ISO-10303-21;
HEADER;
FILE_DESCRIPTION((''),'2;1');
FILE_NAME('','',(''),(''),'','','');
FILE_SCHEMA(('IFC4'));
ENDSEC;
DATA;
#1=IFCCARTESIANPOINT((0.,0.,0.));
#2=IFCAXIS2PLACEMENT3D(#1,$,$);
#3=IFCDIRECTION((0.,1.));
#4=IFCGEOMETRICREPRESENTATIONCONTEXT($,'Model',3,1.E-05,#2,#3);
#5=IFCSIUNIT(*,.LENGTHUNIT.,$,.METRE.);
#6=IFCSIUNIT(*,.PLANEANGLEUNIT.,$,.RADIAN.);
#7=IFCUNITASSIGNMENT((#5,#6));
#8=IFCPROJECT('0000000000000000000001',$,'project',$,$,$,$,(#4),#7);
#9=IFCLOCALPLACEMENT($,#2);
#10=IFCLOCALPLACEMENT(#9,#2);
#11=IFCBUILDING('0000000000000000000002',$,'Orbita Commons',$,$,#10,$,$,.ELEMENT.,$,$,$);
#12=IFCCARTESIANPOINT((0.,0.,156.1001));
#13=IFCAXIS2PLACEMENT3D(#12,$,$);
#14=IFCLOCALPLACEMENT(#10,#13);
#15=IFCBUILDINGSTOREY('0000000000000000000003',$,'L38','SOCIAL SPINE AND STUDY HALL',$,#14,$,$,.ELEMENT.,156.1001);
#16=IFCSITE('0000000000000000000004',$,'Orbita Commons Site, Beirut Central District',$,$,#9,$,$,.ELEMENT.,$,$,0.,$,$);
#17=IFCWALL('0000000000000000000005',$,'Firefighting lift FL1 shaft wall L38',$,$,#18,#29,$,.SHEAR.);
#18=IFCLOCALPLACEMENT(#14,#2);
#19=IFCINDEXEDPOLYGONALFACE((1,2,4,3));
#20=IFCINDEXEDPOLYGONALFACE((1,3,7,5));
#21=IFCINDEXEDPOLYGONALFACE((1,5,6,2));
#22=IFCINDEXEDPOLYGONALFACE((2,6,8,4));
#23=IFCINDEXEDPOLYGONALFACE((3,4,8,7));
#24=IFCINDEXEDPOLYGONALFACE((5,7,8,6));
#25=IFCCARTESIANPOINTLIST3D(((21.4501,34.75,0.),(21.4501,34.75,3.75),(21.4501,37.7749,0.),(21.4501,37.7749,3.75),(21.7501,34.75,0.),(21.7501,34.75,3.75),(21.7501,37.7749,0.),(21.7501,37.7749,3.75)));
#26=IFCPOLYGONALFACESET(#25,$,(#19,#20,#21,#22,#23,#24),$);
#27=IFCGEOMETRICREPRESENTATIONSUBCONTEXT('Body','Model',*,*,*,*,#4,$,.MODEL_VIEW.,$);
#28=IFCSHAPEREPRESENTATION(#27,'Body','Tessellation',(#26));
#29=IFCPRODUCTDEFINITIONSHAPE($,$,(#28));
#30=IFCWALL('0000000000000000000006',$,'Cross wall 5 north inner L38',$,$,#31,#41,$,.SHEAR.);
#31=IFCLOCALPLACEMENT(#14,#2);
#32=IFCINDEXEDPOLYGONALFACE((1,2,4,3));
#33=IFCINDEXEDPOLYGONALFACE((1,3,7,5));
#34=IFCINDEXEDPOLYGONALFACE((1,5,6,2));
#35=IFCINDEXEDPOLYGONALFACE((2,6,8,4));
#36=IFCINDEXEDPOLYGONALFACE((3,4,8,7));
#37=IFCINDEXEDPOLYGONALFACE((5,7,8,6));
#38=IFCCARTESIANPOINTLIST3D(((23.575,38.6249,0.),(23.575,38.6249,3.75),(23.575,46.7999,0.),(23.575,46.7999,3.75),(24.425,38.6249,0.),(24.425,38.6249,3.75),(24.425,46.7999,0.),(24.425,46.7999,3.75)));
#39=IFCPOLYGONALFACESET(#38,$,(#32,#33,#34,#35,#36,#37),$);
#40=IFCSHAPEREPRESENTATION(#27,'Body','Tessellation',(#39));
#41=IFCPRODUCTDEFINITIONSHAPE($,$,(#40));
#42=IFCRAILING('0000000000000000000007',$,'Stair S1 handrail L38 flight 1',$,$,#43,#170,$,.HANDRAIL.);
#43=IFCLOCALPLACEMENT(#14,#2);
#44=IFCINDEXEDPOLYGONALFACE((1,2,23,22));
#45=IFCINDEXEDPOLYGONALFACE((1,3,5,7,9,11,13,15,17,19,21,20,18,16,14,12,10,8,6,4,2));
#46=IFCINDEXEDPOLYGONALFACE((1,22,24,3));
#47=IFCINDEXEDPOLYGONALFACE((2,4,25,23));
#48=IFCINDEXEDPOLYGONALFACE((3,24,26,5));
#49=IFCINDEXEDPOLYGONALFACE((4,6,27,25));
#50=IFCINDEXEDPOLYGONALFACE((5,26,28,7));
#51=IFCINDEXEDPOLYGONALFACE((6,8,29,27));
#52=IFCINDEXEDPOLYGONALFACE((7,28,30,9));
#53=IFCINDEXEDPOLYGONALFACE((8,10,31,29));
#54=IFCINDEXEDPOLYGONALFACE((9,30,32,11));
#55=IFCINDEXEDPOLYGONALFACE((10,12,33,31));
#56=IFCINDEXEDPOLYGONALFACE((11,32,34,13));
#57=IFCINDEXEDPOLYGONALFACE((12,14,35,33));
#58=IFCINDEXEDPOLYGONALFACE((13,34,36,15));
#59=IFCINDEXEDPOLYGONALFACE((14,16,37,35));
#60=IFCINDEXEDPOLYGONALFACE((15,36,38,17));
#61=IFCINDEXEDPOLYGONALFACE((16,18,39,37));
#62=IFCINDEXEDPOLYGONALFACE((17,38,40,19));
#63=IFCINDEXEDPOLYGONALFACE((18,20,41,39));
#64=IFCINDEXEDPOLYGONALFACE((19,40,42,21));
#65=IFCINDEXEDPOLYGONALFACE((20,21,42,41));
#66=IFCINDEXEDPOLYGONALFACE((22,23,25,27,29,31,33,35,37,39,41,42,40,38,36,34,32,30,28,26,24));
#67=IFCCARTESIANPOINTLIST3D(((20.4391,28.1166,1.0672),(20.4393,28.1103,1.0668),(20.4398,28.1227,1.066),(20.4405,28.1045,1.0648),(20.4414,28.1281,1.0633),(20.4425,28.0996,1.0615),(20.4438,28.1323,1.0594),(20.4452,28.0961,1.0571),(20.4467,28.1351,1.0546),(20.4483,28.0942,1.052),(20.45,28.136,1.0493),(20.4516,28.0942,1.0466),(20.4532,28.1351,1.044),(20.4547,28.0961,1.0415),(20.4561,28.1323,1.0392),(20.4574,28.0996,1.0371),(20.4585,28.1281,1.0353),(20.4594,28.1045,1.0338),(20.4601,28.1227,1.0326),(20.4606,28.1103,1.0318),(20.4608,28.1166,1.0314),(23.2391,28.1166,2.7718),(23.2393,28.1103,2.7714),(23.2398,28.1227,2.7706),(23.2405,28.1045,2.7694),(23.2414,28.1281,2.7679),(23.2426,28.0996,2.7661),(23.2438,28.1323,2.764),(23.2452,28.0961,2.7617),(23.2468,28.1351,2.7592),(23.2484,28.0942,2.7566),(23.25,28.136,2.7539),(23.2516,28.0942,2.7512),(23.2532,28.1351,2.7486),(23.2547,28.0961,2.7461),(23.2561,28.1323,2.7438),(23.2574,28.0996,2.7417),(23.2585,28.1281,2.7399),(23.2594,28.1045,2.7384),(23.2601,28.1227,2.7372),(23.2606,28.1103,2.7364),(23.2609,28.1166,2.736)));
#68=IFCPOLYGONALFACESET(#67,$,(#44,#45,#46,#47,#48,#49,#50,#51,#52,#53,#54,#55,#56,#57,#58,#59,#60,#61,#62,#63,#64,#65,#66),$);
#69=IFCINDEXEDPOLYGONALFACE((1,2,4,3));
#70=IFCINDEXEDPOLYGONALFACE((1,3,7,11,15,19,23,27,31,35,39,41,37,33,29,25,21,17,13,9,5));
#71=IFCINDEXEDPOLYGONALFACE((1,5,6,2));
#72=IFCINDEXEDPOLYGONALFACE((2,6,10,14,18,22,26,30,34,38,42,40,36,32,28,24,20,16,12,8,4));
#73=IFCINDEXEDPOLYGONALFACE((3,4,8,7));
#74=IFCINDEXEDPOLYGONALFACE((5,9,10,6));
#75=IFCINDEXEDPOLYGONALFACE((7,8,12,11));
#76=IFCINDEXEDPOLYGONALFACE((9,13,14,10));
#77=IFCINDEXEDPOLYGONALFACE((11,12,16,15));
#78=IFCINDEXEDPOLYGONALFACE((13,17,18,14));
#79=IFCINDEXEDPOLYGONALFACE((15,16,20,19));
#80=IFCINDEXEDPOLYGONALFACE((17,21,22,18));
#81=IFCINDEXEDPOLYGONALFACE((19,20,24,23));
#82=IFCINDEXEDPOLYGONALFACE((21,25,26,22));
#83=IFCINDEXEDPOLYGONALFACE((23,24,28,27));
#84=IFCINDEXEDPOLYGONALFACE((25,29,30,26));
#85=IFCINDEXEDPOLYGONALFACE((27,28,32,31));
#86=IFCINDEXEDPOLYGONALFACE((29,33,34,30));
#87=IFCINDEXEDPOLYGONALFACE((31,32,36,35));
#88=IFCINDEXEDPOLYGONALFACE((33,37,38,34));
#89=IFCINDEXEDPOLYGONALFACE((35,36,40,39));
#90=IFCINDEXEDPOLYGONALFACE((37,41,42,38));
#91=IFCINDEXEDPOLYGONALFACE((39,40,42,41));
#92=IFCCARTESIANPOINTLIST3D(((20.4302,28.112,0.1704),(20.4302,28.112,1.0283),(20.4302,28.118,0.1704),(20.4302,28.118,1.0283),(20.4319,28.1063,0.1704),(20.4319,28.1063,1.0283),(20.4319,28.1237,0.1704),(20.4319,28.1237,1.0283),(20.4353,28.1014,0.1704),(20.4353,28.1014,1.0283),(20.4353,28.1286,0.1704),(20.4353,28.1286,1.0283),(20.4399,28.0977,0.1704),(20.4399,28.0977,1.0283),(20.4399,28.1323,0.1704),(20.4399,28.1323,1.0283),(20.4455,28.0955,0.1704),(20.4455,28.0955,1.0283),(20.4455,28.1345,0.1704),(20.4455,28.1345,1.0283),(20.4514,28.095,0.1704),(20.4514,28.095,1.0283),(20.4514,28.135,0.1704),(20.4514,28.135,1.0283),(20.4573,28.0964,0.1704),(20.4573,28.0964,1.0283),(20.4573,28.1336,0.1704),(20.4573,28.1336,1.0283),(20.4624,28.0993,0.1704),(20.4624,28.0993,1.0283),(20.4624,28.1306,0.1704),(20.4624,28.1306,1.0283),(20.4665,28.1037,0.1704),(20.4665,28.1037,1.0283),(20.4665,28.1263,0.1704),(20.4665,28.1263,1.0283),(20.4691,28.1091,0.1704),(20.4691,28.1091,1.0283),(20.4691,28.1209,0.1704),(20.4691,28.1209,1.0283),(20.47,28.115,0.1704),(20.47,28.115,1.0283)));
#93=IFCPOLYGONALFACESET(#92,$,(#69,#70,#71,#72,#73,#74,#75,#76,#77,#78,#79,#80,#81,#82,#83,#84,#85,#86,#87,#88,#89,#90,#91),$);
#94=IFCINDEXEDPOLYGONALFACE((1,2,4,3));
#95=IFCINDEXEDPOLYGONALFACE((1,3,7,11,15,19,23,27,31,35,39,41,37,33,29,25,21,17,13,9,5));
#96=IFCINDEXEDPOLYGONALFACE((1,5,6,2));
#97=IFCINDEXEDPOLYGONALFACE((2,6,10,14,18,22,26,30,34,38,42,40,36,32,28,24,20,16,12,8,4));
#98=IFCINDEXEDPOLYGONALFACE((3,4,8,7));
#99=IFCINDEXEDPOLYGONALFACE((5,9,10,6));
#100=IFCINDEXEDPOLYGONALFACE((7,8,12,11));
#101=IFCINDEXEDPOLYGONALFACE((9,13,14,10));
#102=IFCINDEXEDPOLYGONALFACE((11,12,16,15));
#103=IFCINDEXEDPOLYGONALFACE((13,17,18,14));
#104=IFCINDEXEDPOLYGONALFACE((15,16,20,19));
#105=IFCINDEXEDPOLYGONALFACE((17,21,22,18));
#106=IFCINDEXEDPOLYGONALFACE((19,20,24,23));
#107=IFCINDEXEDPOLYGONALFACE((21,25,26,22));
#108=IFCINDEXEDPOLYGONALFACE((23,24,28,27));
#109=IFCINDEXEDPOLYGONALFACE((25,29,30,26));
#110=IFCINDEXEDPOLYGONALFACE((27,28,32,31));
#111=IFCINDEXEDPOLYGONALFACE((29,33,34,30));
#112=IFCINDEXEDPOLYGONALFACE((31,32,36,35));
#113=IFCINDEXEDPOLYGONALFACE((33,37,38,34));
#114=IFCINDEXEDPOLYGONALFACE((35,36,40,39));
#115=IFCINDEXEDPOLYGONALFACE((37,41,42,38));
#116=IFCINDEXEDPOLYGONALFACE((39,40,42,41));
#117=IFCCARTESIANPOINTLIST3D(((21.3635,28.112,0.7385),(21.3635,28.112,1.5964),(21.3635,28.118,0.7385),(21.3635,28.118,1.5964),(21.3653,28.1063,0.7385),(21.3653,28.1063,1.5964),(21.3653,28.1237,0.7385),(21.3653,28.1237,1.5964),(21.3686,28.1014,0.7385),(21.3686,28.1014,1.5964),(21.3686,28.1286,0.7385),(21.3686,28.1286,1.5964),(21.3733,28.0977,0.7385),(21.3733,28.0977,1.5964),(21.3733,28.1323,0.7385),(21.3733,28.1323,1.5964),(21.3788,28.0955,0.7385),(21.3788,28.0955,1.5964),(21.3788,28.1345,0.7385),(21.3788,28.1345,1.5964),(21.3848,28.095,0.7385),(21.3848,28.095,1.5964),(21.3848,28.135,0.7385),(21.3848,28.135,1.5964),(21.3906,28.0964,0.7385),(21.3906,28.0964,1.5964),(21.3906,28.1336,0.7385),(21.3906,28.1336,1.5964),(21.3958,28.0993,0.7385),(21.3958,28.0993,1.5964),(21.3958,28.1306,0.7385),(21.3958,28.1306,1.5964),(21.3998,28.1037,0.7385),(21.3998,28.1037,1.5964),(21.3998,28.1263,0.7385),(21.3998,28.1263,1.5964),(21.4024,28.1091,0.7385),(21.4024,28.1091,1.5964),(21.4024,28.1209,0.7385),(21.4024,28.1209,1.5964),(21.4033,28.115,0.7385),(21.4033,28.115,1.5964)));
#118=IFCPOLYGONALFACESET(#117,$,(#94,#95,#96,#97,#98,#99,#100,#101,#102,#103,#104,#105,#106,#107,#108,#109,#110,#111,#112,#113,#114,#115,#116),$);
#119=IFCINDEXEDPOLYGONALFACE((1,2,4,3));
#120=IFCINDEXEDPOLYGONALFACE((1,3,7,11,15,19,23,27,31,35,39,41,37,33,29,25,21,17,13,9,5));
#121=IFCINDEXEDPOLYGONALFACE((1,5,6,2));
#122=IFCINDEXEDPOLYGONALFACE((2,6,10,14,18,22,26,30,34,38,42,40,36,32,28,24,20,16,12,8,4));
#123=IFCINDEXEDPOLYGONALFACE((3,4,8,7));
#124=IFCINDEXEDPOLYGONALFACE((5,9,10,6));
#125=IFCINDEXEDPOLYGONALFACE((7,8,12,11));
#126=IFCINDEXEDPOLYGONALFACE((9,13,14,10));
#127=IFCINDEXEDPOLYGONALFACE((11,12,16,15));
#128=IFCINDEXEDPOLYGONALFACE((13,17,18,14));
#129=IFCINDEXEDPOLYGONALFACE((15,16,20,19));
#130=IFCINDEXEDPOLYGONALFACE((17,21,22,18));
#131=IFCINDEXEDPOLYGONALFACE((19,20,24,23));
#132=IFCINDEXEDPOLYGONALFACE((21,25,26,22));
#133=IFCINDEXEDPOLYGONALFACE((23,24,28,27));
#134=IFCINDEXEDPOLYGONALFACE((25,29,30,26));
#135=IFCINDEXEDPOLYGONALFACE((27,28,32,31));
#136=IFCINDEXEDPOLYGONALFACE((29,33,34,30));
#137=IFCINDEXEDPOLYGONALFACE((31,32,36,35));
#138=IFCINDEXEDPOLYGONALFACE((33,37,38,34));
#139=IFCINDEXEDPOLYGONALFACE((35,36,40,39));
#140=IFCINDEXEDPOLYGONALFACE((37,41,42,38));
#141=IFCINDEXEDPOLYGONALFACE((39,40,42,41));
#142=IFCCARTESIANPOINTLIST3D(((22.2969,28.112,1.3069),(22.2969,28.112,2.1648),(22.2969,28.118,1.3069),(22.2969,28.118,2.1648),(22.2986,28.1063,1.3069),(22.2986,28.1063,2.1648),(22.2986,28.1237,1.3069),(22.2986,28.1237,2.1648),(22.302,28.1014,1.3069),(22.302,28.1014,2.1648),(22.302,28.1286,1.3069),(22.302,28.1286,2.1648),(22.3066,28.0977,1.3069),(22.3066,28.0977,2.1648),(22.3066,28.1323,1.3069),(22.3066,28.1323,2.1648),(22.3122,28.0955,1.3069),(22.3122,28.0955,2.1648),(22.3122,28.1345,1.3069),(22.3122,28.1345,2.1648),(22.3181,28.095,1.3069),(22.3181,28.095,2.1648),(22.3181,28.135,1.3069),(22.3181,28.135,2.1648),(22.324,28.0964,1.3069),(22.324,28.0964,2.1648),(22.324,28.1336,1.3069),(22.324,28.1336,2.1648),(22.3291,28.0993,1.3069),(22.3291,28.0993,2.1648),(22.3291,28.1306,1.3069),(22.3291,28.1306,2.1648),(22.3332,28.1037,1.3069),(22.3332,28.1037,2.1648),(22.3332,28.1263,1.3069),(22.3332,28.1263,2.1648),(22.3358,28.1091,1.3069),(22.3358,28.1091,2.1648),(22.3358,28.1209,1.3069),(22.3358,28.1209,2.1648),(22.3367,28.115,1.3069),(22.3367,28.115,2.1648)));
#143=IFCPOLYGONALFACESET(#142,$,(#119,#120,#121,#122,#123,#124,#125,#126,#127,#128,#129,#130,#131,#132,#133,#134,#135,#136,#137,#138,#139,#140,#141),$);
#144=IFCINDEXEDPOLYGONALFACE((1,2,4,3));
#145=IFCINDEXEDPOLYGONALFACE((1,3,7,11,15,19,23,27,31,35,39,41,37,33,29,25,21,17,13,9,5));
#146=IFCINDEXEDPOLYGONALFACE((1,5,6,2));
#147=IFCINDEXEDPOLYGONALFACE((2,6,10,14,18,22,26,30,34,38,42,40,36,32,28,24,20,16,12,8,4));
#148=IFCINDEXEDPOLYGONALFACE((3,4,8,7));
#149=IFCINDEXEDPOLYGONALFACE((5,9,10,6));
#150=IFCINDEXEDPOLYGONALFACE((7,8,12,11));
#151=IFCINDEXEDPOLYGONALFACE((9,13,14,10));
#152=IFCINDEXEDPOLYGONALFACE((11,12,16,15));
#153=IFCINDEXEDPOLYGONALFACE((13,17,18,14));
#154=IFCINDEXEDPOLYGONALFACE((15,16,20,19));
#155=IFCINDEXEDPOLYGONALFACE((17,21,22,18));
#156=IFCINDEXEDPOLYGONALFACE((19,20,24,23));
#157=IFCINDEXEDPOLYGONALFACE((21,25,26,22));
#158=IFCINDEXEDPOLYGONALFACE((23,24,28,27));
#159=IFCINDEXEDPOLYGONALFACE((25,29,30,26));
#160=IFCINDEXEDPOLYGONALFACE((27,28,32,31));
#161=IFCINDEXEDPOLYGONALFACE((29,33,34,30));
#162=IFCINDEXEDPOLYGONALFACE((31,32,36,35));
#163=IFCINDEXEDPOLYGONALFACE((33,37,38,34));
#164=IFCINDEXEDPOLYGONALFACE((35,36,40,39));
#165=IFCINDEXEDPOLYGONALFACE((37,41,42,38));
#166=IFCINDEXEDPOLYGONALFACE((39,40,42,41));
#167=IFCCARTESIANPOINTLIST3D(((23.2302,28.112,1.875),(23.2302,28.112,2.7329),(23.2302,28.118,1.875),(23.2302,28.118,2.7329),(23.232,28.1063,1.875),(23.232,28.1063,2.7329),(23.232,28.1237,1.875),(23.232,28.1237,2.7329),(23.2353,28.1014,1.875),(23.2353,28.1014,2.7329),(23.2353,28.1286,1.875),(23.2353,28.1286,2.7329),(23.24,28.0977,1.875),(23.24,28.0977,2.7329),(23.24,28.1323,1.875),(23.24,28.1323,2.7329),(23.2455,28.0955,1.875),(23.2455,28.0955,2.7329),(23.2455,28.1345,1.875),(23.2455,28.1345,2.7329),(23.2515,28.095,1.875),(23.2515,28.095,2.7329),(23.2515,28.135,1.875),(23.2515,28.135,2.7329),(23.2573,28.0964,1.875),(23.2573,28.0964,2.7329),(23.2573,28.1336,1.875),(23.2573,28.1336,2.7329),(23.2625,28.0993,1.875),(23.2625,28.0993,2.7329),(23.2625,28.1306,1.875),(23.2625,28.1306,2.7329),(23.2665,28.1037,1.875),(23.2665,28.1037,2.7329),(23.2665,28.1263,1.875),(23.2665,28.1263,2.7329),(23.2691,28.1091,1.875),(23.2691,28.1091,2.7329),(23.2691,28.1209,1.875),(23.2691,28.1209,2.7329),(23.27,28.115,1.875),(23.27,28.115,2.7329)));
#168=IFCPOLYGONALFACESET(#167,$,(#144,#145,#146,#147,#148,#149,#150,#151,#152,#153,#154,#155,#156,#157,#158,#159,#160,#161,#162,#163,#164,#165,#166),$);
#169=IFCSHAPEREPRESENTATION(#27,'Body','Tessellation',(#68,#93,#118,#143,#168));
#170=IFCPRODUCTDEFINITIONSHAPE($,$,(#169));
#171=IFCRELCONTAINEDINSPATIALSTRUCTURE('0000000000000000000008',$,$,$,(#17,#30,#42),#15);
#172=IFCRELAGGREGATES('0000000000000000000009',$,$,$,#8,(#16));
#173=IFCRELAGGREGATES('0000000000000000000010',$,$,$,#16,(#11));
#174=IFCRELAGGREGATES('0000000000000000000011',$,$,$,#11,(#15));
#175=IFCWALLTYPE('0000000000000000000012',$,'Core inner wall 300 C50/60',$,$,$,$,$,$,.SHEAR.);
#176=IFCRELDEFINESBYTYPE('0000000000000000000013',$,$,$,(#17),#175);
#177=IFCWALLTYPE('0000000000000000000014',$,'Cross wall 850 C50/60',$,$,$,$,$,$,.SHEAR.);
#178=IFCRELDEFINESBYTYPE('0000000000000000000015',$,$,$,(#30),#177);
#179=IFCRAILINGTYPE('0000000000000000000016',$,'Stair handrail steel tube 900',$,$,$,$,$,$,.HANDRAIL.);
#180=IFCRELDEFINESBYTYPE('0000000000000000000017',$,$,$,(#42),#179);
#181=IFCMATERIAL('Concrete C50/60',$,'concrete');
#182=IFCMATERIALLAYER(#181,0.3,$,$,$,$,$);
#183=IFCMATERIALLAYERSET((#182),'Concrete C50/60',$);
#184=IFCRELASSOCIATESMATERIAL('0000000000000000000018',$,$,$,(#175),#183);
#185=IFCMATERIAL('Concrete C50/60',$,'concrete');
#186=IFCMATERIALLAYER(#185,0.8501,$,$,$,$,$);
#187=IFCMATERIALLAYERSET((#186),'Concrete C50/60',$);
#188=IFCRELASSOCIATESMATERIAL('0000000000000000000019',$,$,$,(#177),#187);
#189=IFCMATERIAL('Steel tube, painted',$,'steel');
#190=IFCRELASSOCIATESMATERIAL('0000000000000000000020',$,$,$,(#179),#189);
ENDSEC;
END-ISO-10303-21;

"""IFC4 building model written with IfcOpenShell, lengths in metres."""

from ifc_helpers import new_model, si_unit, direction, frame, frame_2d, origin, origin_2d, place, context, subcontext, project, spatial, rectangle, circle, extrude, material, layer, layer_set, type_object, element, save


model = new_model("IFC4")

# Units and contexts
model_context = context("Model", 3, precision=1e-05, world=origin(), true_north=direction((0.0, 1.0)))
body_context = subcontext(model_context, "Body", "Model", "MODEL_VIEW")
ifc_project = project(units=[si_unit("LENGTHUNIT", "METRE"), si_unit("PLANEANGLEUNIT", "RADIAN")], contexts=[model_context])

# Site, building, storey
site_placement = place(None, origin())
site = spatial("IfcSite", under=ifc_project, at=site_placement, Name="Orbita Commons Site, Beirut Central District", CompositionType="ELEMENT", RefElevation=0.0)
building_placement = place(site_placement, origin())
building = spatial("IfcBuilding", under=site, at=building_placement, Name="Orbita Commons", CompositionType="ELEMENT")
storey_placement = place(building_placement, frame((0.0, 0.0, 156.1001)))
storey = spatial("IfcBuildingStorey", under=building, at=storey_placement, Name="L38", Description="SOCIAL SPINE AND STUDY HALL", CompositionType="ELEMENT", Elevation=156.1001)

# Shared definitions
ifc_material_1 = material(Name="Concrete C50/60", Category="concrete")
ifc_layer_1 = layer(ifc_material_1, 0.3)
ifc_layer_set_1 = layer_set([ifc_layer_1], Name="Concrete C50/60")
wall_type_1 = type_object("IfcWallType", Name="Core inner wall 300 C50/60", PredefinedType="SHEAR", material=ifc_layer_set_1)

# Walls
wall_1_placement = place(storey_placement, frame((21.6001, 34.75, 0.0), z_axis=(0.0, 0.0, 1.0), x_axis=(0.0, 1.0, 0.0)))
element("IfcWall", 1, at=wall_1_placement, inside=storey, type_object=wall_type_1, Name="Firefighting lift FL1 shaft wall L38", PredefinedType="SHEAR", context=body_context, shape_type="SweptSolid", body=[
    extrude(rectangle(XDim=3.0249, YDim=0.3, at=frame_2d((1.5125, 0.0))), origin(), (0.0, 0.0, 1.0), 3.75),
])
ifc_material_2 = material(Name="Concrete C50/60", Category="concrete")
ifc_layer_2 = layer(ifc_material_2, 0.8501)
ifc_layer_set_2 = layer_set([ifc_layer_2], Name="Concrete C50/60")
wall_type_2 = type_object("IfcWallType", Name="Cross wall 850 C50/60", PredefinedType="SHEAR", material=ifc_layer_set_2)
wall_2_placement = place(storey_placement, frame((24.0, 38.625, 0.0), z_axis=(0.0, 0.0, 1.0), x_axis=(0.0, 1.0, 0.0)))
element("IfcWall", 2, at=wall_2_placement, inside=storey, type_object=wall_type_2, Name="Cross wall 5 north inner L38", PredefinedType="SHEAR", context=body_context, shape_type="SweptSolid", body=[
    extrude(rectangle(XDim=8.175, YDim=0.8501, at=frame_2d((4.0874, 0.0))), origin(), (0.0, 0.0, 1.0), 3.75),
])

# Railing
ifc_material_3 = material(Name="Steel tube, painted", Category="steel")
railing_type = type_object("IfcRailingType", Name="Stair handrail steel tube 900", PredefinedType="HANDRAIL", material=ifc_material_3)
railing_placement = place(storey_placement, frame((20.45, 28.115, 0.1704)))
element("IfcRailing", 3, at=railing_placement, inside=storey, type_object=railing_type, Name="Stair S1 handrail L38 flight 1", PredefinedType="HANDRAIL", context=body_context, shape_type="SweptSolid", body=[
    extrude(circle(Radius=0.021, at=origin_2d()), frame((0.0, 0.0, 0.8789), z_axis=(0.85417, 0.0, 0.519994), x_axis=(0.0, 1.0, 0.0)), (0.0, 0.0, 1.0), 3.2781),
    extrude(circle(Radius=0.02, at=origin_2d()), origin(), (0.0, 0.0, 1.0), 0.8579),
    extrude(circle(Radius=0.02, at=origin_2d()), frame((0.9333, 0.0, 0.5681)), (0.0, 0.0, 1.0), 0.8579),
    extrude(circle(Radius=0.02, at=origin_2d()), frame((1.8667, 0.0, 1.1365)), (0.0, 0.0, 1.0), 0.8579),
    extrude(circle(Radius=0.02, at=origin_2d()), frame((2.8, 0.0, 1.7046)), (0.0, 0.0, 1.0), 0.8579),
])

save(model, "model.ifc")
